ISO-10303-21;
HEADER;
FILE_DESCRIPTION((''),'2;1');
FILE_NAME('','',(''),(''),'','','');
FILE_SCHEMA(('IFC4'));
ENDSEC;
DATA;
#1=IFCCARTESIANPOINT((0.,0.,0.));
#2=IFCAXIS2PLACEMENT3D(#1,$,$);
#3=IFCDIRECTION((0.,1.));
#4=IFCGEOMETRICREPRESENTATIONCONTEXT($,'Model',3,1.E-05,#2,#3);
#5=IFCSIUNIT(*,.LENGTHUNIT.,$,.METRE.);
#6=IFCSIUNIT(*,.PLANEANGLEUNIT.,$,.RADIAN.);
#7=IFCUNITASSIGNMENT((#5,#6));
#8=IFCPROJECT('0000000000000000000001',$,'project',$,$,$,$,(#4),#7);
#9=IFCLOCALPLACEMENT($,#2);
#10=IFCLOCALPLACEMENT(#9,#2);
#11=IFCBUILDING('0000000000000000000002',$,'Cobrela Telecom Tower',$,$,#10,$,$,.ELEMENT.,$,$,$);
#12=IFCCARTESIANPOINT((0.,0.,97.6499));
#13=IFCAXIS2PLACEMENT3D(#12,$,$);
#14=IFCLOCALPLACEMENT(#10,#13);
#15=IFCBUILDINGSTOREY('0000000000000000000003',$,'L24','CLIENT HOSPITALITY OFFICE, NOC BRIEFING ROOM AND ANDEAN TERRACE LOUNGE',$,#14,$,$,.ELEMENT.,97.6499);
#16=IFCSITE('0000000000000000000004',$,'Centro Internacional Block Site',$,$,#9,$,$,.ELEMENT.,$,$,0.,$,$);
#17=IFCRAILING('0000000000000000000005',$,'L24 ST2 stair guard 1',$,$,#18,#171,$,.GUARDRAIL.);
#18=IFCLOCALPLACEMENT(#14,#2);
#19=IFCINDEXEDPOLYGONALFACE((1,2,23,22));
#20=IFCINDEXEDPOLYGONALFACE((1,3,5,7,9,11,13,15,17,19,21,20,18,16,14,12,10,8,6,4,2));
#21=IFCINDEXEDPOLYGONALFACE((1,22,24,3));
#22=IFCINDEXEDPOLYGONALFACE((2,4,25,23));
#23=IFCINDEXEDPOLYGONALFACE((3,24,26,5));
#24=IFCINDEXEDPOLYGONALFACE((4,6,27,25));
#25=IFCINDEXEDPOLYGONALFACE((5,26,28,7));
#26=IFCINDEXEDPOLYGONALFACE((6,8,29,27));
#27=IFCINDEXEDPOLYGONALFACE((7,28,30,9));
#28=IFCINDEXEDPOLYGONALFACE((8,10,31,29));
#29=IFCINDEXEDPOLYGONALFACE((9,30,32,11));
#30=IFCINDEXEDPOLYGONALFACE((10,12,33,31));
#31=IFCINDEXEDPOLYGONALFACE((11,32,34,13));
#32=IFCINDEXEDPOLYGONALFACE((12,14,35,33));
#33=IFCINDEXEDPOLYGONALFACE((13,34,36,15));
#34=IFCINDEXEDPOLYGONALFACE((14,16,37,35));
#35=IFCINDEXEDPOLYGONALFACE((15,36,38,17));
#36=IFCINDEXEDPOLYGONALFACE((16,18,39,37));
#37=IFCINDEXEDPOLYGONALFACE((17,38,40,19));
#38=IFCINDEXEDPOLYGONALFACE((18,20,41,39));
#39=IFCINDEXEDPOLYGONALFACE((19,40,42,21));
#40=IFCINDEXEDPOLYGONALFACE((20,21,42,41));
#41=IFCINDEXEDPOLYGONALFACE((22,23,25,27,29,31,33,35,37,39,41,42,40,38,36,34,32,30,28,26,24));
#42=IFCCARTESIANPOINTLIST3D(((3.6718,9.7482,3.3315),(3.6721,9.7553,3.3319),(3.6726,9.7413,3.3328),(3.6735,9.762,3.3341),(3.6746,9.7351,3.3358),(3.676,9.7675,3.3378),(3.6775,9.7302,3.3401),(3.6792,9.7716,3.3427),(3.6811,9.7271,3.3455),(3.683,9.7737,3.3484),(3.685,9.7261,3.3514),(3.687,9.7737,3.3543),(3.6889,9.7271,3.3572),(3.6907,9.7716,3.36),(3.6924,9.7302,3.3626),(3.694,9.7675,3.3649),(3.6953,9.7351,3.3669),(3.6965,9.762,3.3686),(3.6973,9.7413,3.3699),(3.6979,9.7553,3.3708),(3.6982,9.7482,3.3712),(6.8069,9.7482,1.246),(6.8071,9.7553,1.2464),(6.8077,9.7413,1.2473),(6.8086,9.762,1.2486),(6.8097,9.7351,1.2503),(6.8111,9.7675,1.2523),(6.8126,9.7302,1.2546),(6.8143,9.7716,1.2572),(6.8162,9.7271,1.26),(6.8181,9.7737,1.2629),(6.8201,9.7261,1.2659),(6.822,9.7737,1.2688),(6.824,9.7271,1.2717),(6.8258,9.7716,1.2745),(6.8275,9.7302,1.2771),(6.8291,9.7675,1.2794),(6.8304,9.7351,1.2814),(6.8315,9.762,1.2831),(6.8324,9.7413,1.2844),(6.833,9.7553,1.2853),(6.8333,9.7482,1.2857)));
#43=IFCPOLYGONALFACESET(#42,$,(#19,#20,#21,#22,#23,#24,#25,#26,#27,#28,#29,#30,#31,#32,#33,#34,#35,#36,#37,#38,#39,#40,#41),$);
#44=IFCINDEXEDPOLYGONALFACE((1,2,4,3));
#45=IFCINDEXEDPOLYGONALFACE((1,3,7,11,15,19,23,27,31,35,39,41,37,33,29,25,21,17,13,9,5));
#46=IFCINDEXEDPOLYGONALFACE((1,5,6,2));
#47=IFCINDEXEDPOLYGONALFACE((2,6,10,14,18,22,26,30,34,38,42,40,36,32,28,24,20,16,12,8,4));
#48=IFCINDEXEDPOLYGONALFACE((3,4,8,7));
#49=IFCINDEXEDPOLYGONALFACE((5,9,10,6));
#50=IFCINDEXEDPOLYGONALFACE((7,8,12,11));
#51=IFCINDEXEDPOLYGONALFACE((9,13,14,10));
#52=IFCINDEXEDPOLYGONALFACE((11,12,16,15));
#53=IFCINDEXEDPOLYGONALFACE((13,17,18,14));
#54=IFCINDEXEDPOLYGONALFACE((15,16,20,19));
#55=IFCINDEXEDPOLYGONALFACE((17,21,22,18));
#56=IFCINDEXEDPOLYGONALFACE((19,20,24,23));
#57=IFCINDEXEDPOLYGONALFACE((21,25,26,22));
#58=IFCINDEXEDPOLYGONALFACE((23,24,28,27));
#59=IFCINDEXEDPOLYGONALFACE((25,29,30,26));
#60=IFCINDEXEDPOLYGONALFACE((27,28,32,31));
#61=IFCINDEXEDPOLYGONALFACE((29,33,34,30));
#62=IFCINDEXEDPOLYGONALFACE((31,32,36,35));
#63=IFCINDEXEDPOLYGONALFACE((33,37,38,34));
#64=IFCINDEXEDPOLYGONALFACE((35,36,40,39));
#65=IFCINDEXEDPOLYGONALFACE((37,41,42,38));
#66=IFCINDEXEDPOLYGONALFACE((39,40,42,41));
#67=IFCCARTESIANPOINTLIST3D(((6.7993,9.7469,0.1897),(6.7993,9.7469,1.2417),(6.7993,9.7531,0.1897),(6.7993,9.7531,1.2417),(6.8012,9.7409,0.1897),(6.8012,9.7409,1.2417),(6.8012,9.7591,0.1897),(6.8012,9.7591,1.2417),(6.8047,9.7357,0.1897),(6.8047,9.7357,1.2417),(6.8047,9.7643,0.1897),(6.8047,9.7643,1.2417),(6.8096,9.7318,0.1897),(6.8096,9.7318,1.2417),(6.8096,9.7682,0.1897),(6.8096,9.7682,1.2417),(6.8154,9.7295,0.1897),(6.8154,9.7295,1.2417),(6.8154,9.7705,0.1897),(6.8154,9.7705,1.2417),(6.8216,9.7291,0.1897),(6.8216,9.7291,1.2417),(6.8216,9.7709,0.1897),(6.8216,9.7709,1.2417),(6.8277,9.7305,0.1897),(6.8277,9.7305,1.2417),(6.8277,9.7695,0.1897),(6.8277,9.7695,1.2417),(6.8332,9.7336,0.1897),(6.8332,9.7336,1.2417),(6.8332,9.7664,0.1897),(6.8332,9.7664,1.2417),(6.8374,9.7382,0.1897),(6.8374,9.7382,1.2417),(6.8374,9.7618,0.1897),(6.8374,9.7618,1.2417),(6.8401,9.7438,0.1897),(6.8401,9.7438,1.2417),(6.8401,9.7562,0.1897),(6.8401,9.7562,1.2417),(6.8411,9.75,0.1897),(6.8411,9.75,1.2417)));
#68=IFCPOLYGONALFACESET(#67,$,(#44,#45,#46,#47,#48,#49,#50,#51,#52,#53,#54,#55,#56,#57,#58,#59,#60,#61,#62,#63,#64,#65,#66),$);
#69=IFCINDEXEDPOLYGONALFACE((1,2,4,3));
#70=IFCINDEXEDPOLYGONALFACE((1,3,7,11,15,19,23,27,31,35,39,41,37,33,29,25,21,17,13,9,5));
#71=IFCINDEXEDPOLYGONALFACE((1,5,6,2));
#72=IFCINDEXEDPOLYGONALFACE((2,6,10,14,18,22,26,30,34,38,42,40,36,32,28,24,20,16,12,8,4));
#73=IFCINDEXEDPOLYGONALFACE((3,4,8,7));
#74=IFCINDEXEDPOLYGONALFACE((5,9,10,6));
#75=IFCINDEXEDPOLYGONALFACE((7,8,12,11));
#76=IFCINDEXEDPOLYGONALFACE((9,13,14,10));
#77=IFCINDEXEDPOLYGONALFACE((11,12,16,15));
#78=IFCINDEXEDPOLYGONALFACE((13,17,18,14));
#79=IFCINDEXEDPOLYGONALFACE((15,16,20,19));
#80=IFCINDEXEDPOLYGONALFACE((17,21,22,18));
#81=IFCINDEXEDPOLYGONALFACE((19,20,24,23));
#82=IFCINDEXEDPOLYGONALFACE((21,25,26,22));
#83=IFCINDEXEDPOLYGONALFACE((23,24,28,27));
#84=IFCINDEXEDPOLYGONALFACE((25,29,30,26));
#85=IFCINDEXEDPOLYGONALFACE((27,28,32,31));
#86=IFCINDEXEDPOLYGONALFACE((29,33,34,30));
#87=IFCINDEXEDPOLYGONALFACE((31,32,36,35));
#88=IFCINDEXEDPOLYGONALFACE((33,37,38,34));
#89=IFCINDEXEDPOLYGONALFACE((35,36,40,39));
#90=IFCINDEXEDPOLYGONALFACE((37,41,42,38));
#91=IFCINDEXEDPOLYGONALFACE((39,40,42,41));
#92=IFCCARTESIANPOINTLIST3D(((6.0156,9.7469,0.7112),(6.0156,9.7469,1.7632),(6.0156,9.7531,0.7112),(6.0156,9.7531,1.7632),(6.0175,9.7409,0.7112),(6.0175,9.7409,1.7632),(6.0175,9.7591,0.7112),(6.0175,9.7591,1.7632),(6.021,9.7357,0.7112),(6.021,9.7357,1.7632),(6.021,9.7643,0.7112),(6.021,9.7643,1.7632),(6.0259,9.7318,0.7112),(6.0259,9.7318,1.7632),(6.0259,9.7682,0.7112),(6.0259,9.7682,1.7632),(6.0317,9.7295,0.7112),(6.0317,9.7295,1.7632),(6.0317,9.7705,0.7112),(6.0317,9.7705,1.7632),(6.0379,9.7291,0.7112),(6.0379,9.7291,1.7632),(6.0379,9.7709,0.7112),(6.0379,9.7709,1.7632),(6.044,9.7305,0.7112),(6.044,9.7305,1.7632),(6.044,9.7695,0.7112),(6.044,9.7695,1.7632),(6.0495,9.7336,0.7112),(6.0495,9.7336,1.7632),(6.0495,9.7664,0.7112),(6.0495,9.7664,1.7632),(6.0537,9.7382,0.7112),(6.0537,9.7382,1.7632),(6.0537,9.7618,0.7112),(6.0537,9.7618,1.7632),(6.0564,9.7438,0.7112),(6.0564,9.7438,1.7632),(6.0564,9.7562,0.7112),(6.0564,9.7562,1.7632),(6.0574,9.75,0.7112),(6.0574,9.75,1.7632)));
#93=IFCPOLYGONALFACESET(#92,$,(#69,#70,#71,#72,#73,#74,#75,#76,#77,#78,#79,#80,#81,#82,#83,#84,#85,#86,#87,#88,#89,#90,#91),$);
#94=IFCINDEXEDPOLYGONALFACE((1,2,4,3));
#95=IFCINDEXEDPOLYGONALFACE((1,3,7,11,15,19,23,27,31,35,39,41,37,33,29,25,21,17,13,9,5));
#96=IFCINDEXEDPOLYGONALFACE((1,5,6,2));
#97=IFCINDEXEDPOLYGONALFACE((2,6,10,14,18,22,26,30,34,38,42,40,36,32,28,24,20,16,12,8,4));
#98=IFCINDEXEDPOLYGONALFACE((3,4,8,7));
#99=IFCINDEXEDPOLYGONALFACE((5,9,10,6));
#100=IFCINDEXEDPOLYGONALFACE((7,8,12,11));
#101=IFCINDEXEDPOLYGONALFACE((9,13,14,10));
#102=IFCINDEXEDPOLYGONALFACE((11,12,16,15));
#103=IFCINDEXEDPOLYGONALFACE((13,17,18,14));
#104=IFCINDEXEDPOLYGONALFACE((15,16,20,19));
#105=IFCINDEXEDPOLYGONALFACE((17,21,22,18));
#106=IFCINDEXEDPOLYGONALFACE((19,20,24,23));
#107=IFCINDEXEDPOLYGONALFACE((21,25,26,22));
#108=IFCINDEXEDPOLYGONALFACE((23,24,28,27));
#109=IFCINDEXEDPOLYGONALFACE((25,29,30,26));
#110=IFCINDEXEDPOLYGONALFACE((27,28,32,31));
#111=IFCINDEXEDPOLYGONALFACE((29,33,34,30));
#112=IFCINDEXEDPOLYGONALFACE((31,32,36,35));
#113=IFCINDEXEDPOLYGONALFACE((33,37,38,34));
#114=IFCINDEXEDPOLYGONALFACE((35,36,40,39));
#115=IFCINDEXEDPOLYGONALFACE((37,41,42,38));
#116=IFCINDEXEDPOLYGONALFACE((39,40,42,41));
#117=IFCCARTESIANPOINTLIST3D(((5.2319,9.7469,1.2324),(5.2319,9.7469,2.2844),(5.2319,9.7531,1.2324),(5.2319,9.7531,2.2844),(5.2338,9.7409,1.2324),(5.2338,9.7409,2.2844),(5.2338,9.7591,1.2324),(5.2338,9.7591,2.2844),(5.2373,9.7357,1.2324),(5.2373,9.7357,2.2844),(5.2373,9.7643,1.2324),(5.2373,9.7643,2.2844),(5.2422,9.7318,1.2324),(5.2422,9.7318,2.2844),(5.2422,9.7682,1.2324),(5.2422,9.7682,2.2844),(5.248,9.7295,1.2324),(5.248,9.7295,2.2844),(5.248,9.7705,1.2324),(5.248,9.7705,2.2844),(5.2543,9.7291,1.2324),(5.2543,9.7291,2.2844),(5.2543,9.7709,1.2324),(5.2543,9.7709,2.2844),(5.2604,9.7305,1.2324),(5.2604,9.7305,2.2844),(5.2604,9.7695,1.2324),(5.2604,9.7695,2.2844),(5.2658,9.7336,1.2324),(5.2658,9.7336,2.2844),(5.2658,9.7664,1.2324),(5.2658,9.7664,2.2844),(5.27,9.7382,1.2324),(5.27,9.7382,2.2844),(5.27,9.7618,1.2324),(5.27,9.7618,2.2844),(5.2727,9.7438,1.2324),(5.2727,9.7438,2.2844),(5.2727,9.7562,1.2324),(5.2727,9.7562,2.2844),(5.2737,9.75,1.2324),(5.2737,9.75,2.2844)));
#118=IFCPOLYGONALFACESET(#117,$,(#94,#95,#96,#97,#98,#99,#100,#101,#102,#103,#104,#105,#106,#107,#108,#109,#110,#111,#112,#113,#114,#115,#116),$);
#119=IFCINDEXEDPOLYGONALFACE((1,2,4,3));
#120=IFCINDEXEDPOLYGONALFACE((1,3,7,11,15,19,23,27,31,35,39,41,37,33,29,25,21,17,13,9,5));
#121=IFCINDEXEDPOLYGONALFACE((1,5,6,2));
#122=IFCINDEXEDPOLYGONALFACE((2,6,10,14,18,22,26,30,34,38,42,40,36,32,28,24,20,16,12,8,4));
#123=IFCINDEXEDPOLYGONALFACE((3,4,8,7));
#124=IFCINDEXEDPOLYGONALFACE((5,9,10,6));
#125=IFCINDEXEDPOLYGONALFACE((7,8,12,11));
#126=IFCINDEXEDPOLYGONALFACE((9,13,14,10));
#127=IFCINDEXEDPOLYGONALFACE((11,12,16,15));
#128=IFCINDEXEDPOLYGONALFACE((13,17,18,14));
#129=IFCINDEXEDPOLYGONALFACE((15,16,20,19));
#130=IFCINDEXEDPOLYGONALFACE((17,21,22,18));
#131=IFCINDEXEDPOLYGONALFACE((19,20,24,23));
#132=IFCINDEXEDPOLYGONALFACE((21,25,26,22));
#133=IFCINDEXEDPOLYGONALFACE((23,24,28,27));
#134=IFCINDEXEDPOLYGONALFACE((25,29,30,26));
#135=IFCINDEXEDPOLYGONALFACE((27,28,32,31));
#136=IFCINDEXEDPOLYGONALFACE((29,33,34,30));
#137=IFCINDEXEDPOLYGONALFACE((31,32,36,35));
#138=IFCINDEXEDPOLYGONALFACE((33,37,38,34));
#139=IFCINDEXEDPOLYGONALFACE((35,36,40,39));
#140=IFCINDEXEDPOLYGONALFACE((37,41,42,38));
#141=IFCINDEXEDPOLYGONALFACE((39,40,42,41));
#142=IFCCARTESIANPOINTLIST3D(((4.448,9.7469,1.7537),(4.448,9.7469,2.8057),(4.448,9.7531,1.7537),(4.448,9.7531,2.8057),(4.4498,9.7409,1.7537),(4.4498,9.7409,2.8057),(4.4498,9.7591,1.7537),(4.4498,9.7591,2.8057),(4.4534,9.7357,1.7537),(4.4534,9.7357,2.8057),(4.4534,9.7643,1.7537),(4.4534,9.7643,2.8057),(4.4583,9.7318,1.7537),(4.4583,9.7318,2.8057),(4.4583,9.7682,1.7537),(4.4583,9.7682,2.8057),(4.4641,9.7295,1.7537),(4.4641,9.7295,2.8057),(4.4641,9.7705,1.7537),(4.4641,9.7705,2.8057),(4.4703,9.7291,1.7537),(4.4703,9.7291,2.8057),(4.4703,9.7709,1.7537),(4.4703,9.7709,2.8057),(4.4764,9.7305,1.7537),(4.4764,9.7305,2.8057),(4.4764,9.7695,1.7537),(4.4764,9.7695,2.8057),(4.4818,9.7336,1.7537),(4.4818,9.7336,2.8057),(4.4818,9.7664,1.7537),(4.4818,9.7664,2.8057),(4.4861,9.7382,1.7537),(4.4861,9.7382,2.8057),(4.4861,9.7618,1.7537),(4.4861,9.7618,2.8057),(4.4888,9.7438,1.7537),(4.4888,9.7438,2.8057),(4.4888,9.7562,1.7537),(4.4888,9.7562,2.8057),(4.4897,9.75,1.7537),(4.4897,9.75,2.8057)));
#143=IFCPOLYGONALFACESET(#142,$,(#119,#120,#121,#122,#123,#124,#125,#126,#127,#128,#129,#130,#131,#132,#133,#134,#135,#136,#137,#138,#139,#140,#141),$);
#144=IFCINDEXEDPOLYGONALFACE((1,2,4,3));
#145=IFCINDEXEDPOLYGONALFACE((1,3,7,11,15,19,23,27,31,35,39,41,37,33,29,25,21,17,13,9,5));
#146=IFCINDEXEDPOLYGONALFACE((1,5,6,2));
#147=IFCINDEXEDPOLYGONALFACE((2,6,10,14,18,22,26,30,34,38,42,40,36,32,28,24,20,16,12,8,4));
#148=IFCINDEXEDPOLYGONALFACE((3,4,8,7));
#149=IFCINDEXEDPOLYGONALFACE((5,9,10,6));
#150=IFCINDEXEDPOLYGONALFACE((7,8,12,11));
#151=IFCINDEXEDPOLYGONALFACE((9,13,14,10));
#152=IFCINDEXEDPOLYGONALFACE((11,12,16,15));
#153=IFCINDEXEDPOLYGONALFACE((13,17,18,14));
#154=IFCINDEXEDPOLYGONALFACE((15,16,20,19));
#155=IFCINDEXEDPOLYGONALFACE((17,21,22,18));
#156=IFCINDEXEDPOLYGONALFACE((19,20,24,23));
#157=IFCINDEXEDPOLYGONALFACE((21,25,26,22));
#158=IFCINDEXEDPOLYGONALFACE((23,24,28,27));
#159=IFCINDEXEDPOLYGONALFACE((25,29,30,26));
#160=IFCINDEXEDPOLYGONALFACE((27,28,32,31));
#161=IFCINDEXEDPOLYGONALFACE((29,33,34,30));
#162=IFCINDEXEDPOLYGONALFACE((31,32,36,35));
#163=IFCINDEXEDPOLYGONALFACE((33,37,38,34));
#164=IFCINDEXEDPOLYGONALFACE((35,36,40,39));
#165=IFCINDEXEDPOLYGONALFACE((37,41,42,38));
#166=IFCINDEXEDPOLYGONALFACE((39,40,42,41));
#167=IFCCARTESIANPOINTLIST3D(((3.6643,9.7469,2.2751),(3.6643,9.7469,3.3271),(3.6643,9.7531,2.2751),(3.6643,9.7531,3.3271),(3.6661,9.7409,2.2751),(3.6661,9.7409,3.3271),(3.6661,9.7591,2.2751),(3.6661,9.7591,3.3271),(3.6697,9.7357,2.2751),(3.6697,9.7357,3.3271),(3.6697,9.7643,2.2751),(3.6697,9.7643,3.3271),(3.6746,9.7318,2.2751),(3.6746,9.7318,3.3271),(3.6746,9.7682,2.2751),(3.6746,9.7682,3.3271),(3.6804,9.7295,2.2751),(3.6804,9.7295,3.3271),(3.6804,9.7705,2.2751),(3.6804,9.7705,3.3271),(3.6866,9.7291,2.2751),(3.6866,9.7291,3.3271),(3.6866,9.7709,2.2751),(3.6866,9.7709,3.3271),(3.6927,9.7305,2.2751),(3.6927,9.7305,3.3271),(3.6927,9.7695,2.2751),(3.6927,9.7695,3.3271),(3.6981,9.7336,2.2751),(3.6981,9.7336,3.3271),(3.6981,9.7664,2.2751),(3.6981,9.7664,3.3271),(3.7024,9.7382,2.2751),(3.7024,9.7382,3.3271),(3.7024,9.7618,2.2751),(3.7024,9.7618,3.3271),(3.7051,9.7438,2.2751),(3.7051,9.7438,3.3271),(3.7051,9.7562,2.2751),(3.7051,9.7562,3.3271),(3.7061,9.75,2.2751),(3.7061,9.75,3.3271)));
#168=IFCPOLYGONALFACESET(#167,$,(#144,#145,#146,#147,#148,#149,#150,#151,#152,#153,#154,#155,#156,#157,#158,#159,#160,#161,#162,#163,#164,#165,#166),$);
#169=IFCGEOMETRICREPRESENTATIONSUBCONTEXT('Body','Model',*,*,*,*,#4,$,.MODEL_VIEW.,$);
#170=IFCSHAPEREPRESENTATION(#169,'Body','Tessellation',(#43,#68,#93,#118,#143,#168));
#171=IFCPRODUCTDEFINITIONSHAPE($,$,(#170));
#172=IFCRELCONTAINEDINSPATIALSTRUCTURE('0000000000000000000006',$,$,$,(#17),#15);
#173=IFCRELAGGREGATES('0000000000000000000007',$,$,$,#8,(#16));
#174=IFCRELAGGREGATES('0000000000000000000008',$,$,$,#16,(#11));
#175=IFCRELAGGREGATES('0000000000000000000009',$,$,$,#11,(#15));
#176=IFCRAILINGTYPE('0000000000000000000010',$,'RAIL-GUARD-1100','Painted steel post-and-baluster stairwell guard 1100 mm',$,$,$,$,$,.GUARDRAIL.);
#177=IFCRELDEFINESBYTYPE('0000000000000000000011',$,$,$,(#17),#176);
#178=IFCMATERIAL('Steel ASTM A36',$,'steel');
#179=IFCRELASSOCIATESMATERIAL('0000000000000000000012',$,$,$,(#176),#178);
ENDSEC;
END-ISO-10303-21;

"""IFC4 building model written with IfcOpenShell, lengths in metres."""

from ifc_helpers import new_model, si_unit, direction, frame, origin, origin_2d, place, context, subcontext, project, spatial, circle, extrude, material, type_object, element, save


model = new_model("IFC4")

# Units and contexts
model_context = context("Model", 3, precision=1e-05, world=origin(), true_north=direction((0.0, 1.0)))
body_context = subcontext(model_context, "Body", "Model", "MODEL_VIEW")
ifc_project = project(units=[si_unit("LENGTHUNIT", "METRE"), si_unit("PLANEANGLEUNIT", "RADIAN")], contexts=[model_context])

# Site, building, storey
site_placement = place(None, origin())
site = spatial("IfcSite", under=ifc_project, at=site_placement, Name="Centro Internacional Block Site", CompositionType="ELEMENT", RefElevation=0.0)
building_placement = place(site_placement, origin())
building = spatial("IfcBuilding", under=site, at=building_placement, Name="Cobrela Telecom Tower", CompositionType="ELEMENT")
storey_placement = place(building_placement, frame((0.0, 0.0, 97.6499)))
storey = spatial("IfcBuildingStorey", under=building, at=storey_placement, Name="L24", Description="CLIENT HOSPITALITY OFFICE, NOC BRIEFING ROOM AND ANDEAN TERRACE LOUNGE", CompositionType="ELEMENT", Elevation=97.6499)

# Shared definitions
ifc_material_1 = material(Name="Steel ASTM A36", Category="steel")

# Railing
railing_type_1 = type_object("IfcRailingType", Name="RAIL-GUARD-1100", Description="Painted steel post-and-baluster stairwell guard 1100 mm", PredefinedType="GUARDRAIL", material=ifc_material_1)
railing_1_placement = place(storey_placement, frame((6.8201, 9.75, 0.1897)))
element("IfcRailing", 1, at=railing_1_placement, inside=storey, type_object=railing_type_1, Name="L24 ST2 stair guard 1", PredefinedType="GUARDRAIL", context=body_context, shape_type="SweptSolid", body=[
    extrude(circle(Radius=0.0239, at=origin_2d()), frame((0.0, 0.0, 1.0762), z_axis=(-0.832608, 0.0, 0.553862), x_axis=(0.0, -1.0, 0.0)), (0.0, 0.0, 1.0), 3.7654),
    extrude(circle(Radius=0.021, at=origin_2d()), origin(), (0.0, 0.0, 1.0), 1.052),
    extrude(circle(Radius=0.021, at=origin_2d()), frame((-0.7837, 0.0, 0.5215)), (0.0, 0.0, 1.0), 1.052),
    extrude(circle(Radius=0.021, at=origin_2d()), frame((-1.5674, 0.0, 1.0427)), (0.0, 0.0, 1.0), 1.052),
    extrude(circle(Radius=0.021, at=origin_2d()), frame((-2.3513, 0.0, 1.564)), (0.0, 0.0, 1.0), 1.052),
    extrude(circle(Radius=0.021, at=origin_2d()), frame((-3.135, 0.0, 2.0854)), (0.0, 0.0, 1.0), 1.052),
])

save(model, "model.ifc")
